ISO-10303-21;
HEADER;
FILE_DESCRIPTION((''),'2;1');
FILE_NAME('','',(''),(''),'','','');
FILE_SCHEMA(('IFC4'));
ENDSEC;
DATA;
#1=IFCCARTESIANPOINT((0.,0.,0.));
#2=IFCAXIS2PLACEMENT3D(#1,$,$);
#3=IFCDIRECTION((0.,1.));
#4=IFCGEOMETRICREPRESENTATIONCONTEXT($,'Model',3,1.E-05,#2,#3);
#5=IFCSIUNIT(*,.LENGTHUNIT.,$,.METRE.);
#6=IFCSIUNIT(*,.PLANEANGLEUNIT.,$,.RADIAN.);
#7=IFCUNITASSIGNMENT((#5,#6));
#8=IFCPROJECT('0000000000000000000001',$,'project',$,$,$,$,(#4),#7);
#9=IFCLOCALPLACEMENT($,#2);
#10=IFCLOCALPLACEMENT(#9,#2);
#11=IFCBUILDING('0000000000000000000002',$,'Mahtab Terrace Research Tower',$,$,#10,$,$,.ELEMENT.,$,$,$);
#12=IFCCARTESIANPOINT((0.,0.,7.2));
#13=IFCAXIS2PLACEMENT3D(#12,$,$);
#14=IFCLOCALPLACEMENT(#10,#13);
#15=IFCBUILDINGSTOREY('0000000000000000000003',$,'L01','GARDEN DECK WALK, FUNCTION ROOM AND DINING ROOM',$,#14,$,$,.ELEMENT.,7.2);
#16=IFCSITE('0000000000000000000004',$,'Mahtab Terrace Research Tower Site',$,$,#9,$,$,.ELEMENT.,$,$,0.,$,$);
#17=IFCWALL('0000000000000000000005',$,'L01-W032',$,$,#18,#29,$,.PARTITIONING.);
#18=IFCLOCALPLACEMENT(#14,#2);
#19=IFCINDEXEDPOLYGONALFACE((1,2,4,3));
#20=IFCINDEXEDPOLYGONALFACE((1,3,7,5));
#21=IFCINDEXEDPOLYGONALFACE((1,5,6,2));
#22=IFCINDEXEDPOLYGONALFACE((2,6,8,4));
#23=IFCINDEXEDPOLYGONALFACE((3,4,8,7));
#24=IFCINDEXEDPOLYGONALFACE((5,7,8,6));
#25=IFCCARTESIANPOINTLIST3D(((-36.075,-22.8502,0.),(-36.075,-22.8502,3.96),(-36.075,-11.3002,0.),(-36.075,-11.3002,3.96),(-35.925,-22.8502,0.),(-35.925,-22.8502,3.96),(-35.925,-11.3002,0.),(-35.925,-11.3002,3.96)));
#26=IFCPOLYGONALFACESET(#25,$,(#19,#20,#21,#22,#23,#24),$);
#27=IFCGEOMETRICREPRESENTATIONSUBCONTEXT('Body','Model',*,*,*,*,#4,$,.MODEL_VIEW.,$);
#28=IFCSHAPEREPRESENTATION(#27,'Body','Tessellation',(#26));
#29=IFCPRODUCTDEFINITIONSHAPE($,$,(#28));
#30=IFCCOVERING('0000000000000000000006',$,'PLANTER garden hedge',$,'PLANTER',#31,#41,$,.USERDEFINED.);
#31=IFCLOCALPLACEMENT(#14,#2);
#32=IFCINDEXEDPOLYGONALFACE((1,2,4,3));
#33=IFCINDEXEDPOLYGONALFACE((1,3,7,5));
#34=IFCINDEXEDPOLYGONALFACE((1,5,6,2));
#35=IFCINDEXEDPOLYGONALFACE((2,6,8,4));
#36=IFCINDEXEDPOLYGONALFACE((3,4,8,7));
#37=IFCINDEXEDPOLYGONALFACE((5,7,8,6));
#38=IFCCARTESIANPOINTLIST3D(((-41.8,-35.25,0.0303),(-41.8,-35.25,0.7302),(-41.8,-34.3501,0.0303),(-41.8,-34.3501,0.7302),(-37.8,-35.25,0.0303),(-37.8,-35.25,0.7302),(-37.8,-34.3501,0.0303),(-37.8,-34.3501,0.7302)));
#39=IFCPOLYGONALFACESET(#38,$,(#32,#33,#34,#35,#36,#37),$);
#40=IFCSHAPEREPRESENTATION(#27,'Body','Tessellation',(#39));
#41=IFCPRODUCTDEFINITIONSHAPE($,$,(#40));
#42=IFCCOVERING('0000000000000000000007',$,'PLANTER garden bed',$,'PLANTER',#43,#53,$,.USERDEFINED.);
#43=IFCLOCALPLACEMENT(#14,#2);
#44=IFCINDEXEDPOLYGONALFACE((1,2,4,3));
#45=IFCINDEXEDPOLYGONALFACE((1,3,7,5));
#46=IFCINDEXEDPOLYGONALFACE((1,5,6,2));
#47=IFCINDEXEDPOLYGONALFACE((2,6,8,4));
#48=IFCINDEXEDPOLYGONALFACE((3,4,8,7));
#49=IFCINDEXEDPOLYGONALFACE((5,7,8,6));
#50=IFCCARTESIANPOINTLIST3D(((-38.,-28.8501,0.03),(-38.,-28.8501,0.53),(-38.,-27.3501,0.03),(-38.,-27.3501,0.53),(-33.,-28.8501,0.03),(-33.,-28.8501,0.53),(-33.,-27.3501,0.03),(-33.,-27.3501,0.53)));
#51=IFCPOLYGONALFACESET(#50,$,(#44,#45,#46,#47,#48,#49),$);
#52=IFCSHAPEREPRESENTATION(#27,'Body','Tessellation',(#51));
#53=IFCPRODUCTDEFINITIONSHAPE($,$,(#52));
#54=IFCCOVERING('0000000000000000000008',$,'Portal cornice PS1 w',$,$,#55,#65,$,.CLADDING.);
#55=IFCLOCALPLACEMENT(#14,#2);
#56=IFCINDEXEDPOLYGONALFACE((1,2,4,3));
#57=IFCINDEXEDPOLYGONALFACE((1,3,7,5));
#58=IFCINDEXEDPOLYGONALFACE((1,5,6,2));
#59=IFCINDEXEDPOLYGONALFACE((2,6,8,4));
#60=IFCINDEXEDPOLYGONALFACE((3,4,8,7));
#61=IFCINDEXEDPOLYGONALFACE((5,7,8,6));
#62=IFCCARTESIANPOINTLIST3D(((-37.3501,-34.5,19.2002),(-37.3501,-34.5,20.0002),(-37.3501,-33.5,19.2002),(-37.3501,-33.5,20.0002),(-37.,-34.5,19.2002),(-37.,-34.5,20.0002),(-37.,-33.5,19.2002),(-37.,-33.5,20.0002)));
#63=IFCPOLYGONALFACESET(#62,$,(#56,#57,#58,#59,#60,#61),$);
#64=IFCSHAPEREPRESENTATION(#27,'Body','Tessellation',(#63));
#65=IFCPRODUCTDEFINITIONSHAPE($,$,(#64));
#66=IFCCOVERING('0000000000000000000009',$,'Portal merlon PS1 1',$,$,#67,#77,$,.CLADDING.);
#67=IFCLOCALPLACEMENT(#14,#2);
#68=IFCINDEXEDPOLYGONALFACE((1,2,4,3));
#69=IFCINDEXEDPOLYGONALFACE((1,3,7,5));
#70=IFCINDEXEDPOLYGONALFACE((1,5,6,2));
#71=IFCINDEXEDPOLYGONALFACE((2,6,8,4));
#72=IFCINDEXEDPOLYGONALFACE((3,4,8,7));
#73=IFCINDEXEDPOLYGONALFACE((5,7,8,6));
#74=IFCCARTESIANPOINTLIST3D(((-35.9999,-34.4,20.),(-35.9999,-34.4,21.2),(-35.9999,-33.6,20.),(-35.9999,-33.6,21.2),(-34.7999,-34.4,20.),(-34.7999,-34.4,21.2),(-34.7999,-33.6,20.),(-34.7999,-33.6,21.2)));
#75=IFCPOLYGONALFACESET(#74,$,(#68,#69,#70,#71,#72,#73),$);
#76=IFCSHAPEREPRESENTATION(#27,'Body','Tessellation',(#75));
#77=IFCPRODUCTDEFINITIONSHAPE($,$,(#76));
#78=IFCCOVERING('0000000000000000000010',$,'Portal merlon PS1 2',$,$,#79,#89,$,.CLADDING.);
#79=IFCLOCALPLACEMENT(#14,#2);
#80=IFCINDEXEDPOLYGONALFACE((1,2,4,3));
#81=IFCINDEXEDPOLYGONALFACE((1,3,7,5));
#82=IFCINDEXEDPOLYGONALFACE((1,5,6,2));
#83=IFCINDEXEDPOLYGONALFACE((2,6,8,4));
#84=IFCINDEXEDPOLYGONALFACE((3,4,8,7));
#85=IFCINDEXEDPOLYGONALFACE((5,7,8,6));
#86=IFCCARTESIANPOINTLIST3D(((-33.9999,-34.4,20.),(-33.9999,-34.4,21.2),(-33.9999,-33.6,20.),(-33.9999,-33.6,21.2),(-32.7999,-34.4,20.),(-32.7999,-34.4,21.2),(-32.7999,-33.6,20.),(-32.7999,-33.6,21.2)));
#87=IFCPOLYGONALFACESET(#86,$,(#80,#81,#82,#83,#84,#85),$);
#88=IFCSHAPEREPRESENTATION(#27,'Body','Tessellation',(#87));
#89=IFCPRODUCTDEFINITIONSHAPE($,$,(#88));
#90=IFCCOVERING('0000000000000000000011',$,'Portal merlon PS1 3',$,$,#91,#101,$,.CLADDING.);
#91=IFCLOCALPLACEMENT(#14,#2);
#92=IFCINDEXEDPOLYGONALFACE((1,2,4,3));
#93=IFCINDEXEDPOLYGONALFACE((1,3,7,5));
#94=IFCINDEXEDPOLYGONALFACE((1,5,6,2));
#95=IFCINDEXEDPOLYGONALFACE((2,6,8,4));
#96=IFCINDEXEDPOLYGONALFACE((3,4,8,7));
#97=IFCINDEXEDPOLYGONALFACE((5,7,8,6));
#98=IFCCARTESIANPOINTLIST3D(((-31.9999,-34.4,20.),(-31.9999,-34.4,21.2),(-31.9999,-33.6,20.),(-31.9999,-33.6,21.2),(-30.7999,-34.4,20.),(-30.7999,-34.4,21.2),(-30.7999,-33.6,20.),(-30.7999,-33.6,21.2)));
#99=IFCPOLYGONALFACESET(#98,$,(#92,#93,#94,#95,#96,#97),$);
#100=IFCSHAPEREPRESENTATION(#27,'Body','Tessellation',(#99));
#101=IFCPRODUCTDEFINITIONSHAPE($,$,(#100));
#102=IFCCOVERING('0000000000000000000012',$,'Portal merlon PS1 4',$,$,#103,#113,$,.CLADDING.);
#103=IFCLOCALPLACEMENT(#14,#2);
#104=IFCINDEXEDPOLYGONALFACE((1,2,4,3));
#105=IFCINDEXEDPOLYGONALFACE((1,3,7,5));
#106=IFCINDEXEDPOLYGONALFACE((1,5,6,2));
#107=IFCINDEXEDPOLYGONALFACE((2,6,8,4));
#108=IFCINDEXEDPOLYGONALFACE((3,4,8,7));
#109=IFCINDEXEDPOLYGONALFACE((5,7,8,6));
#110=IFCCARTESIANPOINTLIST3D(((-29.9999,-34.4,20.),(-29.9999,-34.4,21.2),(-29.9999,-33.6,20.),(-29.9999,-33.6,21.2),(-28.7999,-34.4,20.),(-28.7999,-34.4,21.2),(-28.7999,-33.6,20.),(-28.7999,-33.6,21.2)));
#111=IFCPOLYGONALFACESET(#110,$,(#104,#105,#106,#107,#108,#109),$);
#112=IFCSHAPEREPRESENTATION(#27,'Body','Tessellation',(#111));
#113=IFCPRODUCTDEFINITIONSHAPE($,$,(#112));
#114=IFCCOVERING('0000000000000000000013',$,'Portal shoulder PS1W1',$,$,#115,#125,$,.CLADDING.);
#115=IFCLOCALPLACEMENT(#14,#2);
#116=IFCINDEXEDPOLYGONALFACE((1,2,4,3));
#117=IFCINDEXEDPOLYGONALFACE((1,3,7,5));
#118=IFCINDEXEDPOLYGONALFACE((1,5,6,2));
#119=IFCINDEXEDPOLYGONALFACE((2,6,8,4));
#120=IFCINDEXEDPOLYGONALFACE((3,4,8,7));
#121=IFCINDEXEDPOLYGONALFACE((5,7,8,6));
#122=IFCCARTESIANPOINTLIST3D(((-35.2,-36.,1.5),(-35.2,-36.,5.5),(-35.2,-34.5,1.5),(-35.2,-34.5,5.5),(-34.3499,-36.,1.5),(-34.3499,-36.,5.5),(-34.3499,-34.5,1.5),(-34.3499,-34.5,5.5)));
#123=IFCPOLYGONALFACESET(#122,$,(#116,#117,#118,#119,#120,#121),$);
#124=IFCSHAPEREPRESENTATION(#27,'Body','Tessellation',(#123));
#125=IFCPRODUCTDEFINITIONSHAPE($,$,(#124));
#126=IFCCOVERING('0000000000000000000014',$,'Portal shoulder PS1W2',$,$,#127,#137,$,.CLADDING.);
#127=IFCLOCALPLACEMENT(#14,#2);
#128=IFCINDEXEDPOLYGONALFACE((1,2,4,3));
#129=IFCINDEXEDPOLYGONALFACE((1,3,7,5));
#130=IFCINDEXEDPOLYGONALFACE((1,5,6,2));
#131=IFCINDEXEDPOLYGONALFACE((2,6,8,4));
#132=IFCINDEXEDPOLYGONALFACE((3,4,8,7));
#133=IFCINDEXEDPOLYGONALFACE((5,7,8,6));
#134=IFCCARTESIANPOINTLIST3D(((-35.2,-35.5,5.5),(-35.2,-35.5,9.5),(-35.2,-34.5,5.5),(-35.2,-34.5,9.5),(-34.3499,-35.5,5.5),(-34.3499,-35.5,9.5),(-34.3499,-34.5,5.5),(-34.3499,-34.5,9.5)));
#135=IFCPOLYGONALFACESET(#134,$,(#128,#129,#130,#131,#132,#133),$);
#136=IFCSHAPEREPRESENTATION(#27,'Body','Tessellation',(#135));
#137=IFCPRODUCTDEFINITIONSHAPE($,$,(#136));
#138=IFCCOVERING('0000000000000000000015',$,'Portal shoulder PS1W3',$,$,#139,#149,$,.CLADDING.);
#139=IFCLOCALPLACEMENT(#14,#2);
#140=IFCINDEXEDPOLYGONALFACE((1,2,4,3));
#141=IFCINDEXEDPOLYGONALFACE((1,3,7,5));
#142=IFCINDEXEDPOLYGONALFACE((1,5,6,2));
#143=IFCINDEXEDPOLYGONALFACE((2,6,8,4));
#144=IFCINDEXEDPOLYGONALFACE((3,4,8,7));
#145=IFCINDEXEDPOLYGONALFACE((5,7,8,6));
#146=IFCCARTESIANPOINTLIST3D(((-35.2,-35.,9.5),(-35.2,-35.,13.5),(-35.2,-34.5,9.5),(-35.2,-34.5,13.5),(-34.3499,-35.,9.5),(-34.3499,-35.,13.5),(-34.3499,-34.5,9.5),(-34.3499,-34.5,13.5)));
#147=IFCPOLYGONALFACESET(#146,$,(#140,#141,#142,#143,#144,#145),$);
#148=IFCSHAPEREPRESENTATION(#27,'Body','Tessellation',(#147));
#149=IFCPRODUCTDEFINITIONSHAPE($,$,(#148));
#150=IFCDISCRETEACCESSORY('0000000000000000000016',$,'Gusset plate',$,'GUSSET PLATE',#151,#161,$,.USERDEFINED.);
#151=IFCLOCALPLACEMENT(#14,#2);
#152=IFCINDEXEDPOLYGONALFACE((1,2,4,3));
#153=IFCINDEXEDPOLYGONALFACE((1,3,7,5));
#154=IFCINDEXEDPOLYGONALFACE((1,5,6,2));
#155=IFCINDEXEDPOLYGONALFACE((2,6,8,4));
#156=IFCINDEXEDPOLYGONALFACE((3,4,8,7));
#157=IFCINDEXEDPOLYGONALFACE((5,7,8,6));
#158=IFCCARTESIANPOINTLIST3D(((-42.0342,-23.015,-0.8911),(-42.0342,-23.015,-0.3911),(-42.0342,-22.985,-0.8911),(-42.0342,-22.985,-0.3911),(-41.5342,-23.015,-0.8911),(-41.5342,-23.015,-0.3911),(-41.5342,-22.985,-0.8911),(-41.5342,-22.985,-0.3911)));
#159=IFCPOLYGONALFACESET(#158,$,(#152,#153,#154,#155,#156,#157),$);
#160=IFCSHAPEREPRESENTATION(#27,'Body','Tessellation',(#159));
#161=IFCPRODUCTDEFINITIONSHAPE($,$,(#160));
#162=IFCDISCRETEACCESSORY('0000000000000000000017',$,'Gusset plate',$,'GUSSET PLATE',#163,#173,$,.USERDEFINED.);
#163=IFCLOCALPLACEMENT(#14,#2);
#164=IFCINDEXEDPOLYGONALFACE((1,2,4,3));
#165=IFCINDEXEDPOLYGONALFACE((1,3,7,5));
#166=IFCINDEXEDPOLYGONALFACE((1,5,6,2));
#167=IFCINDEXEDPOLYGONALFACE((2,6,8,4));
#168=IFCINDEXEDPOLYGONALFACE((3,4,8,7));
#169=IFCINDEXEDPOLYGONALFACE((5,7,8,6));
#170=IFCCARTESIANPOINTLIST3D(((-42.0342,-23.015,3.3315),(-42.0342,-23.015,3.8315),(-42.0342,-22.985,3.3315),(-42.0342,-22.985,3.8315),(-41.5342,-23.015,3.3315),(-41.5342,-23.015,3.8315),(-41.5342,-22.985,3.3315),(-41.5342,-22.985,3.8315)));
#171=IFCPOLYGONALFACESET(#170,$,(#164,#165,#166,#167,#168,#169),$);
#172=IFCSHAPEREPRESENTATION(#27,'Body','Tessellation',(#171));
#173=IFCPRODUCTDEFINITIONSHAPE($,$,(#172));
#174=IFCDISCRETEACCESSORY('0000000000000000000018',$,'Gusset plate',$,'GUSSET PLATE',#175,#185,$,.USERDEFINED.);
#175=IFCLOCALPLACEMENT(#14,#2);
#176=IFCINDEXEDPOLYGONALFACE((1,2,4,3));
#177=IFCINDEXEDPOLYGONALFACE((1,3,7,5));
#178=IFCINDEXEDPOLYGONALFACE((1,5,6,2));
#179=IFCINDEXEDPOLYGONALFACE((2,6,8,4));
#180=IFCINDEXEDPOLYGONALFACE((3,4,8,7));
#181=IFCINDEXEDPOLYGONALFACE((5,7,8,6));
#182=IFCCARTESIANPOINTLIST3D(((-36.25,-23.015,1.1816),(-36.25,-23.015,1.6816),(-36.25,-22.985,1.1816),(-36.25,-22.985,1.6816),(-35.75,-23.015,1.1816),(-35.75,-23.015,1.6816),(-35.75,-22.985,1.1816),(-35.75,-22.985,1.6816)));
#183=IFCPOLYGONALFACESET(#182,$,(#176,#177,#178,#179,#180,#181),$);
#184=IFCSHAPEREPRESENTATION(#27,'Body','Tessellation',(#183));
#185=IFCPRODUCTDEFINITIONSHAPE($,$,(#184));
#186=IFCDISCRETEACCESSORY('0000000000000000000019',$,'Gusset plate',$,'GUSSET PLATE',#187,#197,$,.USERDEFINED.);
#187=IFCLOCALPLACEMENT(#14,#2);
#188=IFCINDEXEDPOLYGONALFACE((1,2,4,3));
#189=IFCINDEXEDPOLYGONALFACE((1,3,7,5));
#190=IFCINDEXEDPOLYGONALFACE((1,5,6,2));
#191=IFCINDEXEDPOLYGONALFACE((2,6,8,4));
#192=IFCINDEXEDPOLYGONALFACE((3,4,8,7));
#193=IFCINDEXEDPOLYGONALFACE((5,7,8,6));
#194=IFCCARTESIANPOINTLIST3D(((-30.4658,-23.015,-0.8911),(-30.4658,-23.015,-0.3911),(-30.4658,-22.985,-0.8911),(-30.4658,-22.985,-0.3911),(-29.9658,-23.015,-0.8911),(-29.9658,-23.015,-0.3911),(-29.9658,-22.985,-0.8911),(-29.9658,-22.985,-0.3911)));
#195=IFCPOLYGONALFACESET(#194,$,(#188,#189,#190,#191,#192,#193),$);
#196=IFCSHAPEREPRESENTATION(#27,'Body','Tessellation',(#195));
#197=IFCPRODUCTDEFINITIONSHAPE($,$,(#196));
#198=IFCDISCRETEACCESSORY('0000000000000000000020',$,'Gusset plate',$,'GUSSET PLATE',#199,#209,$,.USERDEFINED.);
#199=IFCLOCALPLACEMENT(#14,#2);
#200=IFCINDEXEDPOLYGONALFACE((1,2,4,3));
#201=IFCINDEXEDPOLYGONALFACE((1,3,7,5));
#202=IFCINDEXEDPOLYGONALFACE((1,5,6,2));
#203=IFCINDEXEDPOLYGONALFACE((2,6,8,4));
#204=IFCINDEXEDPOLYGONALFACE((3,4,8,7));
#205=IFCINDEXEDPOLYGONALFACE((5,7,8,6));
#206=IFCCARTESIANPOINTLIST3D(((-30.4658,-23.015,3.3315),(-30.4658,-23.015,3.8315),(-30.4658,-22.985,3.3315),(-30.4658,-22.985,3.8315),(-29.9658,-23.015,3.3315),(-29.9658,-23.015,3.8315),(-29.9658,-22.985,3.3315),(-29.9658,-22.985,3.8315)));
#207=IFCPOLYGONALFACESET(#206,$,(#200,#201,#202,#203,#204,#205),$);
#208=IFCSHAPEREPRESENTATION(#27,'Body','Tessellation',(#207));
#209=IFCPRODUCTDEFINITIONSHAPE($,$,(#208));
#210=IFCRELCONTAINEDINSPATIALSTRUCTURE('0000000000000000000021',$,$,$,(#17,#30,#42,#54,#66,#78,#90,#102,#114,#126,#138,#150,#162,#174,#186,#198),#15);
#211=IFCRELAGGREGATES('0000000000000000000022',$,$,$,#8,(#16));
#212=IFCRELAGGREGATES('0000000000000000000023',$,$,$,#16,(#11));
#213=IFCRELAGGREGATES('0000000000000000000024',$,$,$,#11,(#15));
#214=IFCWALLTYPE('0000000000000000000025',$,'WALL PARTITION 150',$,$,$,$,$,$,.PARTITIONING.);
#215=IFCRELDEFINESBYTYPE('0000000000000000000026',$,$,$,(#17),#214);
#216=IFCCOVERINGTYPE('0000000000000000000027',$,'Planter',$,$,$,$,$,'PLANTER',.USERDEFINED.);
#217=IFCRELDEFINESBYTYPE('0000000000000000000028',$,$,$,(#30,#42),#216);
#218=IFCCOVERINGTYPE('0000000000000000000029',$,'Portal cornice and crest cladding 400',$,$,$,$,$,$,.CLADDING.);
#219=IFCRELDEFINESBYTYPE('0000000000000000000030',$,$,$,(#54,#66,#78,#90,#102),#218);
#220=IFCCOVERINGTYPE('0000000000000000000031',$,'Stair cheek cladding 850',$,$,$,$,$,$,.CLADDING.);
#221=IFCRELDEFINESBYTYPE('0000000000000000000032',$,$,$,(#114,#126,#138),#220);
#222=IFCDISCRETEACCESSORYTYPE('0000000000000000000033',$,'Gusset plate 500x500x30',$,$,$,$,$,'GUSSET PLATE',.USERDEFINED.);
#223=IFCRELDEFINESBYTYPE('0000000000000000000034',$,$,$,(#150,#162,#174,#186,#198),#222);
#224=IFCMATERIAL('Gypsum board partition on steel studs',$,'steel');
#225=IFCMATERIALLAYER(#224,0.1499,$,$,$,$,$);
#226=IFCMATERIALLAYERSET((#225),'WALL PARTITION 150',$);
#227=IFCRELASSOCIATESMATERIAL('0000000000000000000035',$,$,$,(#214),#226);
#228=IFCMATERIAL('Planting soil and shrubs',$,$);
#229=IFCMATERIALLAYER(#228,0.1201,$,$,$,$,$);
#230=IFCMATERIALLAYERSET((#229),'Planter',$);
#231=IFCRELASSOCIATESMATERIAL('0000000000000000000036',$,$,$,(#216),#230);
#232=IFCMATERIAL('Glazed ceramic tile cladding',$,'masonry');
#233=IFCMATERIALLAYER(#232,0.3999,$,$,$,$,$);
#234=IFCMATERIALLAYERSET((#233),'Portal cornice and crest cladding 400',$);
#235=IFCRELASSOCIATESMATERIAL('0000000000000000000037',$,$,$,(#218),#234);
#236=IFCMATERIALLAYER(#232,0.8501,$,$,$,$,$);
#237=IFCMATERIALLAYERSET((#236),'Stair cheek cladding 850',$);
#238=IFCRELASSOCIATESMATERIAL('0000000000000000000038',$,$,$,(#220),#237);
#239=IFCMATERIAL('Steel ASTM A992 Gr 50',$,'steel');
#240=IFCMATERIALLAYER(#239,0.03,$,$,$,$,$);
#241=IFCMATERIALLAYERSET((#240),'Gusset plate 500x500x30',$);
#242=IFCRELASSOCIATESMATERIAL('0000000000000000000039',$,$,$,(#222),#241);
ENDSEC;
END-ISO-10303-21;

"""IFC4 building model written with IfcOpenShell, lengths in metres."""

from ifc_helpers import new_model, si_unit, direction, frame, frame_2d, origin, origin_2d, place, context, subcontext, project, spatial, rectangle, extrude, material, layer, layer_set, type_object, element, save


model = new_model("IFC4")

# Units and contexts
model_context = context("Model", 3, precision=1e-05, world=origin(), true_north=direction((0.0, 1.0)))
body_context = subcontext(model_context, "Body", "Model", "MODEL_VIEW")
ifc_project = project(units=[si_unit("LENGTHUNIT", "METRE"), si_unit("PLANEANGLEUNIT", "RADIAN")], contexts=[model_context])

# Site, building, storey
site_placement = place(None, origin())
site = spatial("IfcSite", under=ifc_project, at=site_placement, Name="Mahtab Terrace Research Tower Site", CompositionType="ELEMENT", RefElevation=0.0)
building_placement = place(site_placement, origin())
building = spatial("IfcBuilding", under=site, at=building_placement, Name="Mahtab Terrace Research Tower", CompositionType="ELEMENT")
storey_placement = place(building_placement, frame((0.0, 0.0, 7.2)))
storey = spatial("IfcBuildingStorey", under=building, at=storey_placement, Name="L01", Description="GARDEN DECK WALK, FUNCTION ROOM AND DINING ROOM", CompositionType="ELEMENT", Elevation=7.2)

# Shared definitions
ifc_material_1 = material(Name="Steel ASTM A992 Gr 50", Category="steel")

# Wall
ifc_material_2 = material(Name="Gypsum board partition on steel studs", Category="steel")
ifc_layer_1 = layer(ifc_material_2, 0.1499)
ifc_layer_set_1 = layer_set([ifc_layer_1], Name="WALL PARTITION 150")
wall_type_1 = type_object("IfcWallType", Name="WALL PARTITION 150", PredefinedType="PARTITIONING", material=ifc_layer_set_1)
wall_1_placement = place(storey_placement, frame((-36.0, -22.8501, 0.0), z_axis=(0.0, 0.0, 1.0), x_axis=(0.0, 1.0, 0.0)))
element("IfcWall", 1, at=wall_1_placement, inside=storey, type_object=wall_type_1, Name="L01-W032", PredefinedType="PARTITIONING", context=body_context, shape_type="SweptSolid", body=[
    extrude(rectangle(XDim=11.55, YDim=0.1499, at=frame_2d((5.7749, 0.0))), origin(), (0.0, 0.0, 1.0), 3.96),
])

# Coverings
ifc_material_3 = material(Name="Planting soil and shrubs")
ifc_layer_2 = layer(ifc_material_3, 0.1201)
ifc_layer_set_2 = layer_set([ifc_layer_2], Name="Planter")
covering_type_1 = type_object("IfcCoveringType", Name="Planter", ElementType="PLANTER", PredefinedType="USERDEFINED", material=ifc_layer_set_2)
covering_1_placement = place(storey_placement, frame((-39.8, -34.8, 0.0303), z_axis=(0.0, 0.0, 1.0), x_axis=(1.0, 0.0, 0.0)))
element("IfcCovering", 2, at=covering_1_placement, inside=storey, type_object=covering_type_1, Name="PLANTER garden hedge", ObjectType="PLANTER", PredefinedType="USERDEFINED", context=body_context, shape_type="SweptSolid", body=[
    extrude(rectangle(XDim=4.0, YDim=0.8999, at=origin_2d()), origin(), (0.0, 0.0, 1.0), 0.7),
])
covering_2_placement = place(storey_placement, frame((-35.5, -28.1001, 0.03), z_axis=(0.0, 0.0, 1.0), x_axis=(1.0, 0.0, 0.0)))
element("IfcCovering", 3, at=covering_2_placement, inside=storey, type_object=covering_type_1, Name="PLANTER garden bed", ObjectType="PLANTER", PredefinedType="USERDEFINED", context=body_context, shape_type="SweptSolid", body=[
    extrude(rectangle(XDim=5.0, YDim=1.5, at=origin_2d()), origin(), (0.0, 0.0, 1.0), 0.5),
])
ifc_material_4 = material(Name="Glazed ceramic tile cladding", Category="masonry")
ifc_layer_3 = layer(ifc_material_4, 0.3999)
ifc_layer_set_3 = layer_set([ifc_layer_3], Name="Portal cornice and crest cladding 400")
covering_type_2 = type_object("IfcCoveringType", Name="Portal cornice and crest cladding 400", PredefinedType="CLADDING", material=ifc_layer_set_3)
covering_3_placement = place(storey_placement, frame((-37.175, -34.0, 19.2002), z_axis=(0.0, 0.0, 1.0), x_axis=(1.0, 0.0, 0.0)))
element("IfcCovering", 4, at=covering_3_placement, inside=storey, type_object=covering_type_2, Name="Portal cornice PS1 w", PredefinedType="CLADDING", context=body_context, shape_type="SweptSolid", body=[
    extrude(rectangle(XDim=0.3501, YDim=1.0, at=origin_2d()), origin(), (0.0, 0.0, 1.0), 0.8),
])
for number, where, z_axis, x_axis, name in (
    (5, (-35.3999, -34.0, 20.0), (0.0, 0.0, 1.0), (1.0, 0.0, 0.0), "Portal merlon PS1 1"),
    (6, (-33.3999, -34.0, 20.0), (0.0, 0.0, 1.0), (1.0, 0.0, 0.0), "Portal merlon PS1 2"),
    (7, (-31.3999, -34.0, 20.0), (0.0, 0.0, 1.0), (1.0, 0.0, 0.0), "Portal merlon PS1 3"),
    (8, (-29.3999, -34.0, 20.0), (0.0, 0.0, 1.0), (1.0, 0.0, 0.0), "Portal merlon PS1 4"),
):
    element("IfcCovering", number, at=place(storey_placement, frame(where, z_axis=z_axis, x_axis=x_axis)), inside=storey, type_object=covering_type_2, Name=name, PredefinedType="CLADDING", context=body_context, shape_type="SweptSolid", body=[
        extrude(rectangle(XDim=1.2, YDim=0.8, at=origin_2d()), origin(), (0.0, 0.0, 1.0), 1.2),
    ])
ifc_layer_4 = layer(ifc_material_4, 0.8501)
ifc_layer_set_4 = layer_set([ifc_layer_4], Name="Stair cheek cladding 850")
covering_type_3 = type_object("IfcCoveringType", Name="Stair cheek cladding 850", PredefinedType="CLADDING", material=ifc_layer_set_4)
covering_4_placement = place(storey_placement, frame((-34.7749, -35.25, 1.5), z_axis=(0.0, 0.0, 1.0), x_axis=(1.0, 0.0, 0.0)))
element("IfcCovering", 9, at=covering_4_placement, inside=storey, type_object=covering_type_3, Name="Portal shoulder PS1W1", PredefinedType="CLADDING", context=body_context, shape_type="SweptSolid", body=[
    extrude(rectangle(XDim=0.8501, YDim=1.5, at=origin_2d()), origin(), (0.0, 0.0, 1.0), 4.0),
])
covering_5_placement = place(storey_placement, frame((-34.7749, -35.0, 5.5), z_axis=(0.0, 0.0, 1.0), x_axis=(1.0, 0.0, 0.0)))
element("IfcCovering", 10, at=covering_5_placement, inside=storey, type_object=covering_type_3, Name="Portal shoulder PS1W2", PredefinedType="CLADDING", context=body_context, shape_type="SweptSolid", body=[
    extrude(rectangle(XDim=0.8501, YDim=1.0, at=origin_2d()), origin(), (0.0, 0.0, 1.0), 4.0),
])
covering_6_placement = place(storey_placement, frame((-34.7749, -34.75, 9.5), z_axis=(0.0, 0.0, 1.0), x_axis=(1.0, 0.0, 0.0)))
element("IfcCovering", 11, at=covering_6_placement, inside=storey, type_object=covering_type_3, Name="Portal shoulder PS1W3", PredefinedType="CLADDING", context=body_context, shape_type="SweptSolid", body=[
    extrude(rectangle(XDim=0.8501, YDim=0.5, at=origin_2d()), origin(), (0.0, 0.0, 1.0), 4.0),
])

# Discrete accessories
ifc_layer_5 = layer(ifc_material_1, 0.03)
ifc_layer_set_5 = layer_set([ifc_layer_5], Name="Gusset plate 500x500x30")
discrete_accessory_type = type_object("IfcDiscreteAccessoryType", Name="Gusset plate 500x500x30", ElementType="GUSSET PLATE", PredefinedType="USERDEFINED", material=ifc_layer_set_5)
for number, where, z_axis, x_axis, name in (
    (12, (-41.7842, -23.0, -0.8911), (0.0, 0.0, 1.0), (1.0, 0.0, 0.0), "Gusset plate"),
    (13, (-41.7842, -23.0, 3.3315), (0.0, 0.0, 1.0), (1.0, 0.0, 0.0), "Gusset plate"),
    (14, (-36.0, -23.0, 1.1816), (0.0, 0.0, 1.0), (1.0, 0.0, 0.0), "Gusset plate"),
    (15, (-30.2158, -23.0, -0.8911), (0.0, 0.0, 1.0), (1.0, 0.0, 0.0), "Gusset plate"),
    (16, (-30.2158, -23.0, 3.3315), (0.0, 0.0, 1.0), (1.0, 0.0, 0.0), "Gusset plate"),
):
    element("IfcDiscreteAccessory", number, at=place(storey_placement, frame(where, z_axis=z_axis, x_axis=x_axis)), inside=storey, type_object=discrete_accessory_type, Name=name, ObjectType="GUSSET PLATE", PredefinedType="USERDEFINED", context=body_context, shape_type="SweptSolid", body=[
        extrude(rectangle(XDim=0.5, YDim=0.03, at=origin_2d()), origin(), (0.0, 0.0, 1.0), 0.5),
    ])

save(model, "model.ifc")
